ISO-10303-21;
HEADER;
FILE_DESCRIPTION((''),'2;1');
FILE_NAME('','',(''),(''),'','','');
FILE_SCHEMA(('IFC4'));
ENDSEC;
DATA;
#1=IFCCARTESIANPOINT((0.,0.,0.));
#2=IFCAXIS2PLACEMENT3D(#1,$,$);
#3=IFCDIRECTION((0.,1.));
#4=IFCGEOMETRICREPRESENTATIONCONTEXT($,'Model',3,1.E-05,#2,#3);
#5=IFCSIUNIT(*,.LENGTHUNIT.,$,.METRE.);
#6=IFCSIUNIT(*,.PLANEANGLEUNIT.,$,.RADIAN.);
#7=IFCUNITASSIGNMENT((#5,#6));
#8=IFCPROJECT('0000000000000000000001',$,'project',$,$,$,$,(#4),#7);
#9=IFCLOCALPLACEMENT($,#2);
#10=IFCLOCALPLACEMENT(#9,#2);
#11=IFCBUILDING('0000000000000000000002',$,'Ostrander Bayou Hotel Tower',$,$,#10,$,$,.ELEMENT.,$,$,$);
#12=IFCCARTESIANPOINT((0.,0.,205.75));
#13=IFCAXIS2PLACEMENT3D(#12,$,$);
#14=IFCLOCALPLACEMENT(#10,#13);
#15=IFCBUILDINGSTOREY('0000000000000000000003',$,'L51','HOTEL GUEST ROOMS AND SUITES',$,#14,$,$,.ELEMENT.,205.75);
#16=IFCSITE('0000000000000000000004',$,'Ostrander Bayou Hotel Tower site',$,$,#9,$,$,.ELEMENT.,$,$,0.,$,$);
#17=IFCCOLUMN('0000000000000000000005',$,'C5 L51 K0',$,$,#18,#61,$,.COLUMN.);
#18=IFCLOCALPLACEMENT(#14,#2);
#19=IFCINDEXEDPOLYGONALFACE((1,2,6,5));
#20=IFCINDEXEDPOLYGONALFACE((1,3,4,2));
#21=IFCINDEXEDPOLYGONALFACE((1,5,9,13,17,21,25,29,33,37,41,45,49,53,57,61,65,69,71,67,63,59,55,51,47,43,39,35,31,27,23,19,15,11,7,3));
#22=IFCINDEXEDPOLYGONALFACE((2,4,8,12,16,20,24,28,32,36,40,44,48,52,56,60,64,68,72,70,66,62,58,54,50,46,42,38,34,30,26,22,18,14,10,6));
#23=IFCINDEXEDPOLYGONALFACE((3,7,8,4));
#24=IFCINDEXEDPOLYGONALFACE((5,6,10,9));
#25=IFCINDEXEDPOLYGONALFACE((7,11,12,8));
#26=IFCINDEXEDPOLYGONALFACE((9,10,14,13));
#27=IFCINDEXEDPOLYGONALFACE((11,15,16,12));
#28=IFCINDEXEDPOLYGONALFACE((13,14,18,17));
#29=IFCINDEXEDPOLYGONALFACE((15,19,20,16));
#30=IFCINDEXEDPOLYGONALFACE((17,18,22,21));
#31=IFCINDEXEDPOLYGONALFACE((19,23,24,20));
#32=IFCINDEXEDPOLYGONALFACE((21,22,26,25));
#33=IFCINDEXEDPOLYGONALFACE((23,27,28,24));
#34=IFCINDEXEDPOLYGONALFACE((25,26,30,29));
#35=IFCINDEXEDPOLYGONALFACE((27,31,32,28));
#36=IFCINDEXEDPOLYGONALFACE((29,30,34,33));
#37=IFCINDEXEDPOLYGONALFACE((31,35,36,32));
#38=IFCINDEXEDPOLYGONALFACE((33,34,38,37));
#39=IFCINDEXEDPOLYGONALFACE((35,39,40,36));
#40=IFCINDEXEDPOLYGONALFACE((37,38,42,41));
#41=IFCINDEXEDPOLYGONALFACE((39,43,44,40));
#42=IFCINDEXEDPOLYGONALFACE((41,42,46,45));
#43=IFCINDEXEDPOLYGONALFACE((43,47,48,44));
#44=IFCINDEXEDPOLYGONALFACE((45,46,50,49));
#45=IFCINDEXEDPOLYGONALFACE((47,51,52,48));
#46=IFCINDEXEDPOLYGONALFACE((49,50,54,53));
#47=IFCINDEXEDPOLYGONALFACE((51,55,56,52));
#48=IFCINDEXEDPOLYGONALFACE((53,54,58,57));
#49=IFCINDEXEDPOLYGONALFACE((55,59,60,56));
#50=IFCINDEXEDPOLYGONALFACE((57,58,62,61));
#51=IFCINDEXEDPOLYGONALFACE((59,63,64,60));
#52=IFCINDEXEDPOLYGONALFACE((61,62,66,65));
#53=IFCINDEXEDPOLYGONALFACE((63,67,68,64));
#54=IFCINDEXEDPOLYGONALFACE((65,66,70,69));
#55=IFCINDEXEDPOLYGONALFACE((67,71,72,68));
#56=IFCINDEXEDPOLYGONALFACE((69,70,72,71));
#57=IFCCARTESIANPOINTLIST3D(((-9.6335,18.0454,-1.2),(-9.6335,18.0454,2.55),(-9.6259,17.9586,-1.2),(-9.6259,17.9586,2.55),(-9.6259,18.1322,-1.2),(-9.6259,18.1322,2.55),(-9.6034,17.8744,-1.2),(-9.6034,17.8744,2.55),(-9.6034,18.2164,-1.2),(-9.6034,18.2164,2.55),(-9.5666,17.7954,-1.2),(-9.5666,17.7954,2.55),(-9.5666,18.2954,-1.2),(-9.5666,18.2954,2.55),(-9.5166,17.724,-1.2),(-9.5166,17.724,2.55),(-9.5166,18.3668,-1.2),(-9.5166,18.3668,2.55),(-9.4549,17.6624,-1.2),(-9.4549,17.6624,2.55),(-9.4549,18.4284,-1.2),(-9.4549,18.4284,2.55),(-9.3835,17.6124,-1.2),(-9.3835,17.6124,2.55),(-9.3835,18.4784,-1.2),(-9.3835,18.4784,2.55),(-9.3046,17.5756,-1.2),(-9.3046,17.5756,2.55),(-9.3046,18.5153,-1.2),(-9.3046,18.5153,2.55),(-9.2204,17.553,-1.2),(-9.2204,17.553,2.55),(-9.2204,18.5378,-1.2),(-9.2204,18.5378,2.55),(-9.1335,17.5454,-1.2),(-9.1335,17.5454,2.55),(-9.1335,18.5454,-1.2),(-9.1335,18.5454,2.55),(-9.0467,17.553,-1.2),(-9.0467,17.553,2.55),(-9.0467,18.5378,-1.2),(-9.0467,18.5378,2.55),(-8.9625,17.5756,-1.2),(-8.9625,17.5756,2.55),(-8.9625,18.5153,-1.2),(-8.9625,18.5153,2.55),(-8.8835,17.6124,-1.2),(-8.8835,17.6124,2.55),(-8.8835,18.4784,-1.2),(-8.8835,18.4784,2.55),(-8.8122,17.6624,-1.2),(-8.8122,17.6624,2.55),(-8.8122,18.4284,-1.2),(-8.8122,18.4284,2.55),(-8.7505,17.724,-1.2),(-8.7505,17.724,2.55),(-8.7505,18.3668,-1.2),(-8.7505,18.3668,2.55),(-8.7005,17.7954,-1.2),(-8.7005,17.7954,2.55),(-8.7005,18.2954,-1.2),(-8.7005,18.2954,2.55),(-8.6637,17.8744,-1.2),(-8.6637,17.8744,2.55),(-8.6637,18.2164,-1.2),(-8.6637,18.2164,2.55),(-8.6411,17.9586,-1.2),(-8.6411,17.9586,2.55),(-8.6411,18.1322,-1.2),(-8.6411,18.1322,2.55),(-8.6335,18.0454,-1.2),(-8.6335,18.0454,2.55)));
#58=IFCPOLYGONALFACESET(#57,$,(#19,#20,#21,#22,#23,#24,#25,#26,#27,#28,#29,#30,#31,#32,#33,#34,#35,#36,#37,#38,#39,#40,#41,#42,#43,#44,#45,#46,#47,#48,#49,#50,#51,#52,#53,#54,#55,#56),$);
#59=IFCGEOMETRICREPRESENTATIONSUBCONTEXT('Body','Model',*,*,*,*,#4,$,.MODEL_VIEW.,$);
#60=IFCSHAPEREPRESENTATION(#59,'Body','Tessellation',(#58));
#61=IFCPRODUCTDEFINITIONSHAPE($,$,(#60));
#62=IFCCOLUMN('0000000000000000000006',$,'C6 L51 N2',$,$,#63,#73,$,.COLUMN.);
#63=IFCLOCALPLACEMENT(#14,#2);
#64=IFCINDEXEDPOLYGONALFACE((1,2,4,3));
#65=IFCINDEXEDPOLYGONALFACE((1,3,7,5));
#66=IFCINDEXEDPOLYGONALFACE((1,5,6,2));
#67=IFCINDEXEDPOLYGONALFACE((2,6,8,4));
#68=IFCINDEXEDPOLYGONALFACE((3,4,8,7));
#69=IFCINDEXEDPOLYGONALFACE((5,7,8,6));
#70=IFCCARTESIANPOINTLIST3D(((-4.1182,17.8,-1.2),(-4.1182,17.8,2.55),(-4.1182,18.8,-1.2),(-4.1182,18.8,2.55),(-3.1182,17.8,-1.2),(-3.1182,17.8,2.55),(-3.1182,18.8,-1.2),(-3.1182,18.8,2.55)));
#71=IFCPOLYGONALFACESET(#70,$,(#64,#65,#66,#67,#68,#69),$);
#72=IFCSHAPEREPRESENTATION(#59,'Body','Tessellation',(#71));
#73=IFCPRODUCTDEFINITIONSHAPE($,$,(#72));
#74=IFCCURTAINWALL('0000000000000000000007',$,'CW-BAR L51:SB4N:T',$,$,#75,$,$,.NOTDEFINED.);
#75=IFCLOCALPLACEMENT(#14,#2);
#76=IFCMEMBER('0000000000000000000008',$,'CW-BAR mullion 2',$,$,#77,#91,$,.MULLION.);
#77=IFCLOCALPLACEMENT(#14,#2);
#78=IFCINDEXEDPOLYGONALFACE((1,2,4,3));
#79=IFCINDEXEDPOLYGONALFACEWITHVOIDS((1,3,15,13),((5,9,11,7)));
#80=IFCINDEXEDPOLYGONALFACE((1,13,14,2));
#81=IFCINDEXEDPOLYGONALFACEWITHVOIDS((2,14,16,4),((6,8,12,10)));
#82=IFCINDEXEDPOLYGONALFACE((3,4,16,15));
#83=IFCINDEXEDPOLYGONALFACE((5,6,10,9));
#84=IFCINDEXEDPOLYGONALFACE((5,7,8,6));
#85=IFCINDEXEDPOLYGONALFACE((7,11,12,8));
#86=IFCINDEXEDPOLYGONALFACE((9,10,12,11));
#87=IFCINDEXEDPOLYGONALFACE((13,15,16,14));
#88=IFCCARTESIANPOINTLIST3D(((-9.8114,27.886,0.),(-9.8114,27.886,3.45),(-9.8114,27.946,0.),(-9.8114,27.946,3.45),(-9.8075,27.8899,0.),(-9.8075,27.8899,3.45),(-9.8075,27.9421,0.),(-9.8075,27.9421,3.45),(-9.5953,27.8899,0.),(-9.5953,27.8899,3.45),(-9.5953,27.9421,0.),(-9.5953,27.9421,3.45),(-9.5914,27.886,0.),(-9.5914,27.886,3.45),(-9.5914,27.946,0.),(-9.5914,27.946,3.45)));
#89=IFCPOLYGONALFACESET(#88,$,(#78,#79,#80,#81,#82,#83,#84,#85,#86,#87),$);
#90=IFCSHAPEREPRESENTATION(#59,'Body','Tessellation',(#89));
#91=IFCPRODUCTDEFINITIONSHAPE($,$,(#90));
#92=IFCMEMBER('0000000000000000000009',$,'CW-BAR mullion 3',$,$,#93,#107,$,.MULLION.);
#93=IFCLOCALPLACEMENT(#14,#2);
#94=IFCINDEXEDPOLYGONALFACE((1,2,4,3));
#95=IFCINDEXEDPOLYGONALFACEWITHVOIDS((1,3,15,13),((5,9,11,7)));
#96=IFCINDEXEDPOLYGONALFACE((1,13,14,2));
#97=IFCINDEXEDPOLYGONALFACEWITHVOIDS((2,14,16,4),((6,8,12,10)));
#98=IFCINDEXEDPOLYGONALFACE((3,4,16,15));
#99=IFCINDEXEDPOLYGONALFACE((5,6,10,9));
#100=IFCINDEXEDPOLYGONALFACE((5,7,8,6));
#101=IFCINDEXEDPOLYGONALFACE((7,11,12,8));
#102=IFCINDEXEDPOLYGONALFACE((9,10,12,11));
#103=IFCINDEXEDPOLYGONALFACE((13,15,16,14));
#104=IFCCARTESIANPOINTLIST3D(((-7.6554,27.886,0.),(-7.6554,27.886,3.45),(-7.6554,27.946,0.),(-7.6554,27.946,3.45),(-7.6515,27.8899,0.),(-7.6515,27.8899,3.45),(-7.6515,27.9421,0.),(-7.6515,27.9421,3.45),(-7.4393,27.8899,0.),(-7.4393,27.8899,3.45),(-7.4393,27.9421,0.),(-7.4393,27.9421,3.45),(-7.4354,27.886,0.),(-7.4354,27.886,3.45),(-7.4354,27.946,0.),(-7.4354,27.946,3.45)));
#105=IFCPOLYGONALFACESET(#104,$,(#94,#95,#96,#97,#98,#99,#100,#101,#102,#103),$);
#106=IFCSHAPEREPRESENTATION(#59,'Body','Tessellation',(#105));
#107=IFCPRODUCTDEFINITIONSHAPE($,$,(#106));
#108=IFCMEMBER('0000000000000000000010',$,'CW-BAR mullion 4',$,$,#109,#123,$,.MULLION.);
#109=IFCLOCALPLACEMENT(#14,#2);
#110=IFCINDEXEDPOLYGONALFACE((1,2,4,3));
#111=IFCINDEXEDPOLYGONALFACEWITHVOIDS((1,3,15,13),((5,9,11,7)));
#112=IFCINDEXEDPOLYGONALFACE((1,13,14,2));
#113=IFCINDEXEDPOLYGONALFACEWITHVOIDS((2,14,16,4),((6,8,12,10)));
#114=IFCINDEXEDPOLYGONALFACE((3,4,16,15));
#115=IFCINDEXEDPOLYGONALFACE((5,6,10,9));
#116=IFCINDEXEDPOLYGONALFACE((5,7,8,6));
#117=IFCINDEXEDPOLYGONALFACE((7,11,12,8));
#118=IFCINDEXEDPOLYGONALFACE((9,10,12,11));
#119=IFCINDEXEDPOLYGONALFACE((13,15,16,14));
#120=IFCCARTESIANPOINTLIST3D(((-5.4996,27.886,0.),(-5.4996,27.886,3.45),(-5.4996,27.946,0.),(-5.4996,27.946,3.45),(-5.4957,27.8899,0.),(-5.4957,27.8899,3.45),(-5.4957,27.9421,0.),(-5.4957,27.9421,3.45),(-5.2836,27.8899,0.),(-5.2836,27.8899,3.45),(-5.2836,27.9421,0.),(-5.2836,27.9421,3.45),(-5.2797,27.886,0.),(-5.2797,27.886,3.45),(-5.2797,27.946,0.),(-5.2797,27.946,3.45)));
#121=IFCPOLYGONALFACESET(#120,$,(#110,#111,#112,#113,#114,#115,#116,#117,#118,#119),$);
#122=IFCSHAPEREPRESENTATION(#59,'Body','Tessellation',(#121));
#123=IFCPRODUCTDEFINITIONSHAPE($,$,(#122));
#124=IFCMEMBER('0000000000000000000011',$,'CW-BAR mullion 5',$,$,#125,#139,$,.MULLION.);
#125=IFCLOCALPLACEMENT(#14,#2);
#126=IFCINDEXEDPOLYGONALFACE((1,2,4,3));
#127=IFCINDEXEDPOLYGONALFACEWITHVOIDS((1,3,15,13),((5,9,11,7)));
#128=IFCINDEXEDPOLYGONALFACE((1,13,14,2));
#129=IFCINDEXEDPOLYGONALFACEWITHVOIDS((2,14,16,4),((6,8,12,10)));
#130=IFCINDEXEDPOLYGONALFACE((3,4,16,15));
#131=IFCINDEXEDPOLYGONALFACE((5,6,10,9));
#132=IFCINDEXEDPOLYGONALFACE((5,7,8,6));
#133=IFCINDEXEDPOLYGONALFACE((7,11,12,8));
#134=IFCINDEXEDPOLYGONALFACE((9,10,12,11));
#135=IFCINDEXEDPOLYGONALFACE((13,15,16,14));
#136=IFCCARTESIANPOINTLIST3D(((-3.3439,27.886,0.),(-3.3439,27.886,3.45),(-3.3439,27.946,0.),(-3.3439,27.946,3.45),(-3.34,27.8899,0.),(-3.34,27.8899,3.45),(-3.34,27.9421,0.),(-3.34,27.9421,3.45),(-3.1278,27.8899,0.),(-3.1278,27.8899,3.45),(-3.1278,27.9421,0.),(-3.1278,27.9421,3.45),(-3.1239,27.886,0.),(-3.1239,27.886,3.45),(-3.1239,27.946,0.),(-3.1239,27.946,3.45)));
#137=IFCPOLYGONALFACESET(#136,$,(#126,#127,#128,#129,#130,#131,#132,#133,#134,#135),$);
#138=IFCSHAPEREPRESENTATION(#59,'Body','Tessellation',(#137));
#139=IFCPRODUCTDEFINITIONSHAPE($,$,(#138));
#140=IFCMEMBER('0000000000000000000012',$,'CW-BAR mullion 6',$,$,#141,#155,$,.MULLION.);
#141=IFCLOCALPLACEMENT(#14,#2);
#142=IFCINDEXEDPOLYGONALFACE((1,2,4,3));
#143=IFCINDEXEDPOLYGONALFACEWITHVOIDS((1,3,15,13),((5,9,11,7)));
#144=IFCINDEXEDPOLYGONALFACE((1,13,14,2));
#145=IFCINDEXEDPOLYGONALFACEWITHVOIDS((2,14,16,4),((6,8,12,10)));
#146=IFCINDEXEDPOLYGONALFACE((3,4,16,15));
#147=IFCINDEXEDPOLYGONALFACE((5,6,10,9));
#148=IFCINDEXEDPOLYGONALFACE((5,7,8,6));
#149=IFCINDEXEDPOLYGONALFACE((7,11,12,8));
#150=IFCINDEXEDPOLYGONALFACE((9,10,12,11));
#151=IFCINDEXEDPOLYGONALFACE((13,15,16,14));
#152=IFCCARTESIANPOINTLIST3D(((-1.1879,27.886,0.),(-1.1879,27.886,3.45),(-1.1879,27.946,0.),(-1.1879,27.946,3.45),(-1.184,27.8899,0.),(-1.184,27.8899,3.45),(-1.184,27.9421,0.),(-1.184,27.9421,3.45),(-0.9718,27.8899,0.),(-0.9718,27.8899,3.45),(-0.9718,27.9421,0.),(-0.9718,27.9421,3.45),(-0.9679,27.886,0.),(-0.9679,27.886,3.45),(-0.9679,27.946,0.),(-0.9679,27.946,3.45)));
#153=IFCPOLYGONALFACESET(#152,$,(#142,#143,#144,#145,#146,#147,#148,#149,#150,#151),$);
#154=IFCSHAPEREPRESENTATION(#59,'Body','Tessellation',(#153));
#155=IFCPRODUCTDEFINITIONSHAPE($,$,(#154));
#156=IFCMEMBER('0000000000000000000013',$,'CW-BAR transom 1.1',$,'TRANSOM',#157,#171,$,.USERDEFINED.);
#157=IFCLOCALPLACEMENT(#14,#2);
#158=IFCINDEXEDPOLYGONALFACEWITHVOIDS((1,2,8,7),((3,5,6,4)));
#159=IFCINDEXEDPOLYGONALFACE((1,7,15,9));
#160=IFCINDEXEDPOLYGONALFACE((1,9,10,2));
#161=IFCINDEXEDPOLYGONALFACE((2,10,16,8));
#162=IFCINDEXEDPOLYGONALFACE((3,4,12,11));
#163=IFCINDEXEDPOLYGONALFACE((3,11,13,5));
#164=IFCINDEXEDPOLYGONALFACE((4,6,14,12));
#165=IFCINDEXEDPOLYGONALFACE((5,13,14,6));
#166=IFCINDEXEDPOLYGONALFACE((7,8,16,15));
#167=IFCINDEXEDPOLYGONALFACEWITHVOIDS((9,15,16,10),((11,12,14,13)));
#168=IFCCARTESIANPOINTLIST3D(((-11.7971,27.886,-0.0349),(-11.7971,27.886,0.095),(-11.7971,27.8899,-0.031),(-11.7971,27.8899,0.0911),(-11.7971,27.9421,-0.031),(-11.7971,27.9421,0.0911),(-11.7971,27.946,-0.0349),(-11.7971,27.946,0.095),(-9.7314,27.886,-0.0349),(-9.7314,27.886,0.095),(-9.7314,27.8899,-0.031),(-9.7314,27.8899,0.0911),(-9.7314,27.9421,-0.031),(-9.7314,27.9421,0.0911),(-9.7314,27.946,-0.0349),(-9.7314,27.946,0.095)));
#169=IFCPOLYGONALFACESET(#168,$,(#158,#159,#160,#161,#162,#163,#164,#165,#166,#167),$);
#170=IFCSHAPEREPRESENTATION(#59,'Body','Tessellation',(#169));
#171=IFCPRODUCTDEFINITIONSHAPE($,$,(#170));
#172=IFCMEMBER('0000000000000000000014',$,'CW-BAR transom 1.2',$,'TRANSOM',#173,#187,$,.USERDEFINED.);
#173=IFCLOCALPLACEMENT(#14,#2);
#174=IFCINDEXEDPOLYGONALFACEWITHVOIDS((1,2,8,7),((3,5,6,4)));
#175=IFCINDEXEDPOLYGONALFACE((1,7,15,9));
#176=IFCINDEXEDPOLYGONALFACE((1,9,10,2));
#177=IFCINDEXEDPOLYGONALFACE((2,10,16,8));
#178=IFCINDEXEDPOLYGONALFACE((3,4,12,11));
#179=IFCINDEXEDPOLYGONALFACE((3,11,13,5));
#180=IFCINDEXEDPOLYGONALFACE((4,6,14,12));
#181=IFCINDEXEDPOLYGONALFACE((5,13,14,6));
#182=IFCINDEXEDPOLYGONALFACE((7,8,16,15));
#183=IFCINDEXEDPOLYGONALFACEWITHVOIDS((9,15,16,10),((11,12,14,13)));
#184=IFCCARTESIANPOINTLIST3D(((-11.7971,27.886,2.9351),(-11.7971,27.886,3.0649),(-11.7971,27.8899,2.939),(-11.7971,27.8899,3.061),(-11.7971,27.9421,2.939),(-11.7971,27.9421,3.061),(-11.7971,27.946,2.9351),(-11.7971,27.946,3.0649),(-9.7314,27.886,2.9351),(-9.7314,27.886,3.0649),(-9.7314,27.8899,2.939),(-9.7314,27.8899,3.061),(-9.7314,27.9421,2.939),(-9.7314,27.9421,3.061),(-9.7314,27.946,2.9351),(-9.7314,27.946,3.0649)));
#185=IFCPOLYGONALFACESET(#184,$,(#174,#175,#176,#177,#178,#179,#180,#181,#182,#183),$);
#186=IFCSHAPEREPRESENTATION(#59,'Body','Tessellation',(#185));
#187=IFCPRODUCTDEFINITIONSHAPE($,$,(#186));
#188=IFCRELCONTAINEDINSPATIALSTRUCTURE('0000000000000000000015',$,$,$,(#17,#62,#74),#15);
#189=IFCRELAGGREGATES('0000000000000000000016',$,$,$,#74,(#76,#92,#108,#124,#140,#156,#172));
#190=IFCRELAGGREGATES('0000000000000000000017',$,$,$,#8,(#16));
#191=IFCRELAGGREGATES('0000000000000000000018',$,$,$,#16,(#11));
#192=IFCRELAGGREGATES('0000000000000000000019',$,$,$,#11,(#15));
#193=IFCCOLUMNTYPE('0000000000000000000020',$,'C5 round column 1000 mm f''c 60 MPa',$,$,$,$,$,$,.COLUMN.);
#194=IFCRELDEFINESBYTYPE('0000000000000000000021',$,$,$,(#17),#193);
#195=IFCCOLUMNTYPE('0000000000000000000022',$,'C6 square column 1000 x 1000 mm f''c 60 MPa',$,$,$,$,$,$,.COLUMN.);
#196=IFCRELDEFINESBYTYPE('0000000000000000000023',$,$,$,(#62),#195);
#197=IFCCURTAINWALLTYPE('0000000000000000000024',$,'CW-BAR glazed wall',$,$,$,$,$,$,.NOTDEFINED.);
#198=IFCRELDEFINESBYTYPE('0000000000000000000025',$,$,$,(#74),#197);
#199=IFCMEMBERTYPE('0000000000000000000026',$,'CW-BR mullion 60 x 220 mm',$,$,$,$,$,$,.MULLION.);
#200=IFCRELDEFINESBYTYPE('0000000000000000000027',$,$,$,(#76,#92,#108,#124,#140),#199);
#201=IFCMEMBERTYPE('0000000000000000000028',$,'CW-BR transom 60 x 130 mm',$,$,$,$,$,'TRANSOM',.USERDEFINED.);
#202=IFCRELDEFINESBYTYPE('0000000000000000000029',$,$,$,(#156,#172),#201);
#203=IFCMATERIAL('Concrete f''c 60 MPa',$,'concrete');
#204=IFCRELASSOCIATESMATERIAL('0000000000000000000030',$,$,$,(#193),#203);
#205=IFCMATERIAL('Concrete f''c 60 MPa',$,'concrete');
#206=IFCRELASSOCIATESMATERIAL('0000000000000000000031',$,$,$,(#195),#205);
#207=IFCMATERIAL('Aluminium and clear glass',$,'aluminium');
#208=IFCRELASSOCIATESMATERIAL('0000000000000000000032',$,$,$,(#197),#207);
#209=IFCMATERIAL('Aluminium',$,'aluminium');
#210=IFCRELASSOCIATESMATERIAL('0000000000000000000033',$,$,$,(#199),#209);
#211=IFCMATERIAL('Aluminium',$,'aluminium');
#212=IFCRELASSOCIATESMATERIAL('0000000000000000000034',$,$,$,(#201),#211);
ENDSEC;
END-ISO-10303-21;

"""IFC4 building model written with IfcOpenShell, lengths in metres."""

from ifc_helpers import new_model, si_unit, direction, frame, origin, origin_2d, place, context, subcontext, project, spatial, rectangle, hollow_rectangle, circle, extrude, material, material_profile, profile_set, type_object, element, aggregate, save


model = new_model("IFC4")

# Units and contexts
model_context = context("Model", 3, precision=1e-05, world=origin(), true_north=direction((0.0, 1.0)))
body_context = subcontext(model_context, "Body", "Model", "MODEL_VIEW")
ifc_project = project(units=[si_unit("LENGTHUNIT", "METRE"), si_unit("PLANEANGLEUNIT", "RADIAN")], contexts=[model_context])

# Site, building, storey
site_placement = place(None, origin())
site = spatial("IfcSite", under=ifc_project, at=site_placement, Name="Ostrander Bayou Hotel Tower site", CompositionType="ELEMENT", RefElevation=0.0)
building_placement = place(site_placement, origin())
building = spatial("IfcBuilding", under=site, at=building_placement, Name="Ostrander Bayou Hotel Tower", CompositionType="ELEMENT")
storey_placement = place(building_placement, frame((0.0, 0.0, 205.75)))
storey = spatial("IfcBuildingStorey", under=building, at=storey_placement, Name="L51", Description="HOTEL GUEST ROOMS AND SUITES", CompositionType="ELEMENT", Elevation=205.75)

# Columns
ifc_material_1 = material(Name="Concrete f'c 60 MPa", Category="concrete")
ifc_material_profile_1 = material_profile(ifc_material_1, circle(Radius=0.5, at=origin_2d()))
ifc_profile_set_1 = profile_set([ifc_material_profile_1], Name="Concrete f'c 60 MPa")
column_type_1 = type_object("IfcColumnType", Name="C5 round column 1000 mm f'c 60 MPa", PredefinedType="COLUMN", material=ifc_profile_set_1)
column_1_placement = place(storey_placement, frame((-9.1335, 18.0454, -1.2), z_axis=(0.0, 0.0, 1.0), x_axis=(1.0, 0.0, 0.0)))
element("IfcColumn", 1, at=column_1_placement, inside=storey, type_object=column_type_1, Name="C5 L51 K0", PredefinedType="COLUMN", context=body_context, shape_type="SweptSolid", body=[
    extrude(circle(Radius=0.5, at=origin_2d()), origin(), (0.0, 0.0, 1.0), 3.75),
])
ifc_material_2 = material(Name="Concrete f'c 60 MPa", Category="concrete")
ifc_material_profile_2 = material_profile(ifc_material_2, rectangle(XDim=1.0, YDim=1.0, at=origin_2d()))
ifc_profile_set_2 = profile_set([ifc_material_profile_2], Name="Concrete f'c 60 MPa")
column_type_2 = type_object("IfcColumnType", Name="C6 square column 1000 x 1000 mm f'c 60 MPa", PredefinedType="COLUMN", material=ifc_profile_set_2)
column_2_placement = place(storey_placement, frame((-3.6182, 18.3, -1.2), z_axis=(0.0, 0.0, 1.0), x_axis=(1.0, 0.0, 0.0)))
element("IfcColumn", 2, at=column_2_placement, inside=storey, type_object=column_type_2, Name="C6 L51 N2", PredefinedType="COLUMN", context=body_context, shape_type="SweptSolid", body=[
    extrude(rectangle(XDim=1.0, YDim=1.0, at=origin_2d()), origin(), (0.0, 0.0, 1.0), 3.75),
])

# Curtain wall, members
ifc_material_3 = material(Name="Aluminium and clear glass", Category="aluminium")
curtain_wall_type = type_object("IfcCurtainWallType", Name="CW-BAR glazed wall", PredefinedType="NOTDEFINED", material=ifc_material_3)
curtain_wall_placement = place(storey_placement, origin())
curtain_wall = element("IfcCurtainWall", 3, at=curtain_wall_placement, inside=storey, type_object=curtain_wall_type, Name="CW-BAR L51:SB4N:T", PredefinedType="NOTDEFINED")
ifc_material_4 = material(Name="Aluminium", Category="aluminium")
ifc_material_profile_3 = material_profile(ifc_material_4, hollow_rectangle(XDim=0.0601, YDim=0.22, WallThickness=0.0039, at=origin_2d()))
ifc_profile_set_3 = profile_set([ifc_material_profile_3], Name="Aluminium")
member_type_1 = type_object("IfcMemberType", Name="CW-BR mullion 60 x 220 mm", PredefinedType="MULLION", material=ifc_profile_set_3)
member_1_placement = place(storey_placement, frame((-9.7014, 27.916, 0.0), z_axis=(0.0, 0.0, 1.0), x_axis=(0.0, 1.0, 0.0)))
member_1 = element("IfcMember", 4, at=member_1_placement, type_object=member_type_1, Name="CW-BAR mullion 2", PredefinedType="MULLION", context=body_context, shape_type="SweptSolid", body=[
    extrude(hollow_rectangle(XDim=0.0601, YDim=0.22, WallThickness=0.0039, at=origin_2d()), origin(), (0.0, 0.0, 1.0), 3.45),
])
member_2_placement = place(storey_placement, frame((-7.5454, 27.916, 0.0), z_axis=(0.0, 0.0, 1.0), x_axis=(0.0, 1.0, 0.0)))
member_2 = element("IfcMember", 5, at=member_2_placement, type_object=member_type_1, Name="CW-BAR mullion 3", PredefinedType="MULLION", context=body_context, shape_type="SweptSolid", body=[
    extrude(hollow_rectangle(XDim=0.0601, YDim=0.22, WallThickness=0.0039, at=origin_2d()), origin(), (0.0, 0.0, 1.0), 3.45),
])
member_3_placement = place(storey_placement, frame((-5.3896, 27.916, 0.0), z_axis=(0.0, 0.0, 1.0), x_axis=(0.0, 1.0, 0.0)))
member_3 = element("IfcMember", 6, at=member_3_placement, type_object=member_type_1, Name="CW-BAR mullion 4", PredefinedType="MULLION", context=body_context, shape_type="SweptSolid", body=[
    extrude(hollow_rectangle(XDim=0.0601, YDim=0.22, WallThickness=0.0039, at=origin_2d()), origin(), (0.0, 0.0, 1.0), 3.45),
])
member_4_placement = place(storey_placement, frame((-3.2339, 27.916, 0.0), z_axis=(0.0, 0.0, 1.0), x_axis=(0.0, 1.0, 0.0)))
member_4 = element("IfcMember", 7, at=member_4_placement, type_object=member_type_1, Name="CW-BAR mullion 5", PredefinedType="MULLION", context=body_context, shape_type="SweptSolid", body=[
    extrude(hollow_rectangle(XDim=0.0601, YDim=0.22, WallThickness=0.0039, at=origin_2d()), origin(), (0.0, 0.0, 1.0), 3.45),
])
member_5_placement = place(storey_placement, frame((-1.0779, 27.916, 0.0), z_axis=(0.0, 0.0, 1.0), x_axis=(0.0, 1.0, 0.0)))
member_5 = element("IfcMember", 8, at=member_5_placement, type_object=member_type_1, Name="CW-BAR mullion 6", PredefinedType="MULLION", context=body_context, shape_type="SweptSolid", body=[
    extrude(hollow_rectangle(XDim=0.0601, YDim=0.22, WallThickness=0.0039, at=origin_2d()), origin(), (0.0, 0.0, 1.0), 3.45),
])
ifc_material_5 = material(Name="Aluminium", Category="aluminium")
ifc_material_profile_4 = material_profile(ifc_material_5, hollow_rectangle(XDim=0.0601, YDim=0.1299, WallThickness=0.0039, at=origin_2d()))
ifc_profile_set_4 = profile_set([ifc_material_profile_4], Name="Aluminium")
member_type_2 = type_object("IfcMemberType", Name="CW-BR transom 60 x 130 mm", ElementType="TRANSOM", PredefinedType="USERDEFINED", material=ifc_profile_set_4)
member_6_placement = place(storey_placement, frame((-11.7971, 27.916, 0.03), z_axis=(1.0, 0.0, 0.0), x_axis=(0.0, 1.0, 0.0)))
member_6 = element("IfcMember", 9, at=member_6_placement, type_object=member_type_2, Name="CW-BAR transom 1.1", ObjectType="TRANSOM", PredefinedType="USERDEFINED", context=body_context, shape_type="SweptSolid", body=[
    extrude(hollow_rectangle(XDim=0.0601, YDim=0.1299, WallThickness=0.0039, at=origin_2d()), origin(), (0.0, 0.0, 1.0), 2.0657),
])
member_7_placement = place(storey_placement, frame((-11.7971, 27.916, 3.0), z_axis=(1.0, 0.0, 0.0), x_axis=(0.0, 1.0, 0.0)))
member_7 = element("IfcMember", 10, at=member_7_placement, type_object=member_type_2, Name="CW-BAR transom 1.2", ObjectType="TRANSOM", PredefinedType="USERDEFINED", context=body_context, shape_type="SweptSolid", body=[
    extrude(hollow_rectangle(XDim=0.0601, YDim=0.1299, WallThickness=0.0039, at=origin_2d()), origin(), (0.0, 0.0, 1.0), 2.0657),
])
aggregate(curtain_wall, [member_1, member_2, member_3, member_4, member_5, member_6, member_7])

save(model, "model.ifc")
